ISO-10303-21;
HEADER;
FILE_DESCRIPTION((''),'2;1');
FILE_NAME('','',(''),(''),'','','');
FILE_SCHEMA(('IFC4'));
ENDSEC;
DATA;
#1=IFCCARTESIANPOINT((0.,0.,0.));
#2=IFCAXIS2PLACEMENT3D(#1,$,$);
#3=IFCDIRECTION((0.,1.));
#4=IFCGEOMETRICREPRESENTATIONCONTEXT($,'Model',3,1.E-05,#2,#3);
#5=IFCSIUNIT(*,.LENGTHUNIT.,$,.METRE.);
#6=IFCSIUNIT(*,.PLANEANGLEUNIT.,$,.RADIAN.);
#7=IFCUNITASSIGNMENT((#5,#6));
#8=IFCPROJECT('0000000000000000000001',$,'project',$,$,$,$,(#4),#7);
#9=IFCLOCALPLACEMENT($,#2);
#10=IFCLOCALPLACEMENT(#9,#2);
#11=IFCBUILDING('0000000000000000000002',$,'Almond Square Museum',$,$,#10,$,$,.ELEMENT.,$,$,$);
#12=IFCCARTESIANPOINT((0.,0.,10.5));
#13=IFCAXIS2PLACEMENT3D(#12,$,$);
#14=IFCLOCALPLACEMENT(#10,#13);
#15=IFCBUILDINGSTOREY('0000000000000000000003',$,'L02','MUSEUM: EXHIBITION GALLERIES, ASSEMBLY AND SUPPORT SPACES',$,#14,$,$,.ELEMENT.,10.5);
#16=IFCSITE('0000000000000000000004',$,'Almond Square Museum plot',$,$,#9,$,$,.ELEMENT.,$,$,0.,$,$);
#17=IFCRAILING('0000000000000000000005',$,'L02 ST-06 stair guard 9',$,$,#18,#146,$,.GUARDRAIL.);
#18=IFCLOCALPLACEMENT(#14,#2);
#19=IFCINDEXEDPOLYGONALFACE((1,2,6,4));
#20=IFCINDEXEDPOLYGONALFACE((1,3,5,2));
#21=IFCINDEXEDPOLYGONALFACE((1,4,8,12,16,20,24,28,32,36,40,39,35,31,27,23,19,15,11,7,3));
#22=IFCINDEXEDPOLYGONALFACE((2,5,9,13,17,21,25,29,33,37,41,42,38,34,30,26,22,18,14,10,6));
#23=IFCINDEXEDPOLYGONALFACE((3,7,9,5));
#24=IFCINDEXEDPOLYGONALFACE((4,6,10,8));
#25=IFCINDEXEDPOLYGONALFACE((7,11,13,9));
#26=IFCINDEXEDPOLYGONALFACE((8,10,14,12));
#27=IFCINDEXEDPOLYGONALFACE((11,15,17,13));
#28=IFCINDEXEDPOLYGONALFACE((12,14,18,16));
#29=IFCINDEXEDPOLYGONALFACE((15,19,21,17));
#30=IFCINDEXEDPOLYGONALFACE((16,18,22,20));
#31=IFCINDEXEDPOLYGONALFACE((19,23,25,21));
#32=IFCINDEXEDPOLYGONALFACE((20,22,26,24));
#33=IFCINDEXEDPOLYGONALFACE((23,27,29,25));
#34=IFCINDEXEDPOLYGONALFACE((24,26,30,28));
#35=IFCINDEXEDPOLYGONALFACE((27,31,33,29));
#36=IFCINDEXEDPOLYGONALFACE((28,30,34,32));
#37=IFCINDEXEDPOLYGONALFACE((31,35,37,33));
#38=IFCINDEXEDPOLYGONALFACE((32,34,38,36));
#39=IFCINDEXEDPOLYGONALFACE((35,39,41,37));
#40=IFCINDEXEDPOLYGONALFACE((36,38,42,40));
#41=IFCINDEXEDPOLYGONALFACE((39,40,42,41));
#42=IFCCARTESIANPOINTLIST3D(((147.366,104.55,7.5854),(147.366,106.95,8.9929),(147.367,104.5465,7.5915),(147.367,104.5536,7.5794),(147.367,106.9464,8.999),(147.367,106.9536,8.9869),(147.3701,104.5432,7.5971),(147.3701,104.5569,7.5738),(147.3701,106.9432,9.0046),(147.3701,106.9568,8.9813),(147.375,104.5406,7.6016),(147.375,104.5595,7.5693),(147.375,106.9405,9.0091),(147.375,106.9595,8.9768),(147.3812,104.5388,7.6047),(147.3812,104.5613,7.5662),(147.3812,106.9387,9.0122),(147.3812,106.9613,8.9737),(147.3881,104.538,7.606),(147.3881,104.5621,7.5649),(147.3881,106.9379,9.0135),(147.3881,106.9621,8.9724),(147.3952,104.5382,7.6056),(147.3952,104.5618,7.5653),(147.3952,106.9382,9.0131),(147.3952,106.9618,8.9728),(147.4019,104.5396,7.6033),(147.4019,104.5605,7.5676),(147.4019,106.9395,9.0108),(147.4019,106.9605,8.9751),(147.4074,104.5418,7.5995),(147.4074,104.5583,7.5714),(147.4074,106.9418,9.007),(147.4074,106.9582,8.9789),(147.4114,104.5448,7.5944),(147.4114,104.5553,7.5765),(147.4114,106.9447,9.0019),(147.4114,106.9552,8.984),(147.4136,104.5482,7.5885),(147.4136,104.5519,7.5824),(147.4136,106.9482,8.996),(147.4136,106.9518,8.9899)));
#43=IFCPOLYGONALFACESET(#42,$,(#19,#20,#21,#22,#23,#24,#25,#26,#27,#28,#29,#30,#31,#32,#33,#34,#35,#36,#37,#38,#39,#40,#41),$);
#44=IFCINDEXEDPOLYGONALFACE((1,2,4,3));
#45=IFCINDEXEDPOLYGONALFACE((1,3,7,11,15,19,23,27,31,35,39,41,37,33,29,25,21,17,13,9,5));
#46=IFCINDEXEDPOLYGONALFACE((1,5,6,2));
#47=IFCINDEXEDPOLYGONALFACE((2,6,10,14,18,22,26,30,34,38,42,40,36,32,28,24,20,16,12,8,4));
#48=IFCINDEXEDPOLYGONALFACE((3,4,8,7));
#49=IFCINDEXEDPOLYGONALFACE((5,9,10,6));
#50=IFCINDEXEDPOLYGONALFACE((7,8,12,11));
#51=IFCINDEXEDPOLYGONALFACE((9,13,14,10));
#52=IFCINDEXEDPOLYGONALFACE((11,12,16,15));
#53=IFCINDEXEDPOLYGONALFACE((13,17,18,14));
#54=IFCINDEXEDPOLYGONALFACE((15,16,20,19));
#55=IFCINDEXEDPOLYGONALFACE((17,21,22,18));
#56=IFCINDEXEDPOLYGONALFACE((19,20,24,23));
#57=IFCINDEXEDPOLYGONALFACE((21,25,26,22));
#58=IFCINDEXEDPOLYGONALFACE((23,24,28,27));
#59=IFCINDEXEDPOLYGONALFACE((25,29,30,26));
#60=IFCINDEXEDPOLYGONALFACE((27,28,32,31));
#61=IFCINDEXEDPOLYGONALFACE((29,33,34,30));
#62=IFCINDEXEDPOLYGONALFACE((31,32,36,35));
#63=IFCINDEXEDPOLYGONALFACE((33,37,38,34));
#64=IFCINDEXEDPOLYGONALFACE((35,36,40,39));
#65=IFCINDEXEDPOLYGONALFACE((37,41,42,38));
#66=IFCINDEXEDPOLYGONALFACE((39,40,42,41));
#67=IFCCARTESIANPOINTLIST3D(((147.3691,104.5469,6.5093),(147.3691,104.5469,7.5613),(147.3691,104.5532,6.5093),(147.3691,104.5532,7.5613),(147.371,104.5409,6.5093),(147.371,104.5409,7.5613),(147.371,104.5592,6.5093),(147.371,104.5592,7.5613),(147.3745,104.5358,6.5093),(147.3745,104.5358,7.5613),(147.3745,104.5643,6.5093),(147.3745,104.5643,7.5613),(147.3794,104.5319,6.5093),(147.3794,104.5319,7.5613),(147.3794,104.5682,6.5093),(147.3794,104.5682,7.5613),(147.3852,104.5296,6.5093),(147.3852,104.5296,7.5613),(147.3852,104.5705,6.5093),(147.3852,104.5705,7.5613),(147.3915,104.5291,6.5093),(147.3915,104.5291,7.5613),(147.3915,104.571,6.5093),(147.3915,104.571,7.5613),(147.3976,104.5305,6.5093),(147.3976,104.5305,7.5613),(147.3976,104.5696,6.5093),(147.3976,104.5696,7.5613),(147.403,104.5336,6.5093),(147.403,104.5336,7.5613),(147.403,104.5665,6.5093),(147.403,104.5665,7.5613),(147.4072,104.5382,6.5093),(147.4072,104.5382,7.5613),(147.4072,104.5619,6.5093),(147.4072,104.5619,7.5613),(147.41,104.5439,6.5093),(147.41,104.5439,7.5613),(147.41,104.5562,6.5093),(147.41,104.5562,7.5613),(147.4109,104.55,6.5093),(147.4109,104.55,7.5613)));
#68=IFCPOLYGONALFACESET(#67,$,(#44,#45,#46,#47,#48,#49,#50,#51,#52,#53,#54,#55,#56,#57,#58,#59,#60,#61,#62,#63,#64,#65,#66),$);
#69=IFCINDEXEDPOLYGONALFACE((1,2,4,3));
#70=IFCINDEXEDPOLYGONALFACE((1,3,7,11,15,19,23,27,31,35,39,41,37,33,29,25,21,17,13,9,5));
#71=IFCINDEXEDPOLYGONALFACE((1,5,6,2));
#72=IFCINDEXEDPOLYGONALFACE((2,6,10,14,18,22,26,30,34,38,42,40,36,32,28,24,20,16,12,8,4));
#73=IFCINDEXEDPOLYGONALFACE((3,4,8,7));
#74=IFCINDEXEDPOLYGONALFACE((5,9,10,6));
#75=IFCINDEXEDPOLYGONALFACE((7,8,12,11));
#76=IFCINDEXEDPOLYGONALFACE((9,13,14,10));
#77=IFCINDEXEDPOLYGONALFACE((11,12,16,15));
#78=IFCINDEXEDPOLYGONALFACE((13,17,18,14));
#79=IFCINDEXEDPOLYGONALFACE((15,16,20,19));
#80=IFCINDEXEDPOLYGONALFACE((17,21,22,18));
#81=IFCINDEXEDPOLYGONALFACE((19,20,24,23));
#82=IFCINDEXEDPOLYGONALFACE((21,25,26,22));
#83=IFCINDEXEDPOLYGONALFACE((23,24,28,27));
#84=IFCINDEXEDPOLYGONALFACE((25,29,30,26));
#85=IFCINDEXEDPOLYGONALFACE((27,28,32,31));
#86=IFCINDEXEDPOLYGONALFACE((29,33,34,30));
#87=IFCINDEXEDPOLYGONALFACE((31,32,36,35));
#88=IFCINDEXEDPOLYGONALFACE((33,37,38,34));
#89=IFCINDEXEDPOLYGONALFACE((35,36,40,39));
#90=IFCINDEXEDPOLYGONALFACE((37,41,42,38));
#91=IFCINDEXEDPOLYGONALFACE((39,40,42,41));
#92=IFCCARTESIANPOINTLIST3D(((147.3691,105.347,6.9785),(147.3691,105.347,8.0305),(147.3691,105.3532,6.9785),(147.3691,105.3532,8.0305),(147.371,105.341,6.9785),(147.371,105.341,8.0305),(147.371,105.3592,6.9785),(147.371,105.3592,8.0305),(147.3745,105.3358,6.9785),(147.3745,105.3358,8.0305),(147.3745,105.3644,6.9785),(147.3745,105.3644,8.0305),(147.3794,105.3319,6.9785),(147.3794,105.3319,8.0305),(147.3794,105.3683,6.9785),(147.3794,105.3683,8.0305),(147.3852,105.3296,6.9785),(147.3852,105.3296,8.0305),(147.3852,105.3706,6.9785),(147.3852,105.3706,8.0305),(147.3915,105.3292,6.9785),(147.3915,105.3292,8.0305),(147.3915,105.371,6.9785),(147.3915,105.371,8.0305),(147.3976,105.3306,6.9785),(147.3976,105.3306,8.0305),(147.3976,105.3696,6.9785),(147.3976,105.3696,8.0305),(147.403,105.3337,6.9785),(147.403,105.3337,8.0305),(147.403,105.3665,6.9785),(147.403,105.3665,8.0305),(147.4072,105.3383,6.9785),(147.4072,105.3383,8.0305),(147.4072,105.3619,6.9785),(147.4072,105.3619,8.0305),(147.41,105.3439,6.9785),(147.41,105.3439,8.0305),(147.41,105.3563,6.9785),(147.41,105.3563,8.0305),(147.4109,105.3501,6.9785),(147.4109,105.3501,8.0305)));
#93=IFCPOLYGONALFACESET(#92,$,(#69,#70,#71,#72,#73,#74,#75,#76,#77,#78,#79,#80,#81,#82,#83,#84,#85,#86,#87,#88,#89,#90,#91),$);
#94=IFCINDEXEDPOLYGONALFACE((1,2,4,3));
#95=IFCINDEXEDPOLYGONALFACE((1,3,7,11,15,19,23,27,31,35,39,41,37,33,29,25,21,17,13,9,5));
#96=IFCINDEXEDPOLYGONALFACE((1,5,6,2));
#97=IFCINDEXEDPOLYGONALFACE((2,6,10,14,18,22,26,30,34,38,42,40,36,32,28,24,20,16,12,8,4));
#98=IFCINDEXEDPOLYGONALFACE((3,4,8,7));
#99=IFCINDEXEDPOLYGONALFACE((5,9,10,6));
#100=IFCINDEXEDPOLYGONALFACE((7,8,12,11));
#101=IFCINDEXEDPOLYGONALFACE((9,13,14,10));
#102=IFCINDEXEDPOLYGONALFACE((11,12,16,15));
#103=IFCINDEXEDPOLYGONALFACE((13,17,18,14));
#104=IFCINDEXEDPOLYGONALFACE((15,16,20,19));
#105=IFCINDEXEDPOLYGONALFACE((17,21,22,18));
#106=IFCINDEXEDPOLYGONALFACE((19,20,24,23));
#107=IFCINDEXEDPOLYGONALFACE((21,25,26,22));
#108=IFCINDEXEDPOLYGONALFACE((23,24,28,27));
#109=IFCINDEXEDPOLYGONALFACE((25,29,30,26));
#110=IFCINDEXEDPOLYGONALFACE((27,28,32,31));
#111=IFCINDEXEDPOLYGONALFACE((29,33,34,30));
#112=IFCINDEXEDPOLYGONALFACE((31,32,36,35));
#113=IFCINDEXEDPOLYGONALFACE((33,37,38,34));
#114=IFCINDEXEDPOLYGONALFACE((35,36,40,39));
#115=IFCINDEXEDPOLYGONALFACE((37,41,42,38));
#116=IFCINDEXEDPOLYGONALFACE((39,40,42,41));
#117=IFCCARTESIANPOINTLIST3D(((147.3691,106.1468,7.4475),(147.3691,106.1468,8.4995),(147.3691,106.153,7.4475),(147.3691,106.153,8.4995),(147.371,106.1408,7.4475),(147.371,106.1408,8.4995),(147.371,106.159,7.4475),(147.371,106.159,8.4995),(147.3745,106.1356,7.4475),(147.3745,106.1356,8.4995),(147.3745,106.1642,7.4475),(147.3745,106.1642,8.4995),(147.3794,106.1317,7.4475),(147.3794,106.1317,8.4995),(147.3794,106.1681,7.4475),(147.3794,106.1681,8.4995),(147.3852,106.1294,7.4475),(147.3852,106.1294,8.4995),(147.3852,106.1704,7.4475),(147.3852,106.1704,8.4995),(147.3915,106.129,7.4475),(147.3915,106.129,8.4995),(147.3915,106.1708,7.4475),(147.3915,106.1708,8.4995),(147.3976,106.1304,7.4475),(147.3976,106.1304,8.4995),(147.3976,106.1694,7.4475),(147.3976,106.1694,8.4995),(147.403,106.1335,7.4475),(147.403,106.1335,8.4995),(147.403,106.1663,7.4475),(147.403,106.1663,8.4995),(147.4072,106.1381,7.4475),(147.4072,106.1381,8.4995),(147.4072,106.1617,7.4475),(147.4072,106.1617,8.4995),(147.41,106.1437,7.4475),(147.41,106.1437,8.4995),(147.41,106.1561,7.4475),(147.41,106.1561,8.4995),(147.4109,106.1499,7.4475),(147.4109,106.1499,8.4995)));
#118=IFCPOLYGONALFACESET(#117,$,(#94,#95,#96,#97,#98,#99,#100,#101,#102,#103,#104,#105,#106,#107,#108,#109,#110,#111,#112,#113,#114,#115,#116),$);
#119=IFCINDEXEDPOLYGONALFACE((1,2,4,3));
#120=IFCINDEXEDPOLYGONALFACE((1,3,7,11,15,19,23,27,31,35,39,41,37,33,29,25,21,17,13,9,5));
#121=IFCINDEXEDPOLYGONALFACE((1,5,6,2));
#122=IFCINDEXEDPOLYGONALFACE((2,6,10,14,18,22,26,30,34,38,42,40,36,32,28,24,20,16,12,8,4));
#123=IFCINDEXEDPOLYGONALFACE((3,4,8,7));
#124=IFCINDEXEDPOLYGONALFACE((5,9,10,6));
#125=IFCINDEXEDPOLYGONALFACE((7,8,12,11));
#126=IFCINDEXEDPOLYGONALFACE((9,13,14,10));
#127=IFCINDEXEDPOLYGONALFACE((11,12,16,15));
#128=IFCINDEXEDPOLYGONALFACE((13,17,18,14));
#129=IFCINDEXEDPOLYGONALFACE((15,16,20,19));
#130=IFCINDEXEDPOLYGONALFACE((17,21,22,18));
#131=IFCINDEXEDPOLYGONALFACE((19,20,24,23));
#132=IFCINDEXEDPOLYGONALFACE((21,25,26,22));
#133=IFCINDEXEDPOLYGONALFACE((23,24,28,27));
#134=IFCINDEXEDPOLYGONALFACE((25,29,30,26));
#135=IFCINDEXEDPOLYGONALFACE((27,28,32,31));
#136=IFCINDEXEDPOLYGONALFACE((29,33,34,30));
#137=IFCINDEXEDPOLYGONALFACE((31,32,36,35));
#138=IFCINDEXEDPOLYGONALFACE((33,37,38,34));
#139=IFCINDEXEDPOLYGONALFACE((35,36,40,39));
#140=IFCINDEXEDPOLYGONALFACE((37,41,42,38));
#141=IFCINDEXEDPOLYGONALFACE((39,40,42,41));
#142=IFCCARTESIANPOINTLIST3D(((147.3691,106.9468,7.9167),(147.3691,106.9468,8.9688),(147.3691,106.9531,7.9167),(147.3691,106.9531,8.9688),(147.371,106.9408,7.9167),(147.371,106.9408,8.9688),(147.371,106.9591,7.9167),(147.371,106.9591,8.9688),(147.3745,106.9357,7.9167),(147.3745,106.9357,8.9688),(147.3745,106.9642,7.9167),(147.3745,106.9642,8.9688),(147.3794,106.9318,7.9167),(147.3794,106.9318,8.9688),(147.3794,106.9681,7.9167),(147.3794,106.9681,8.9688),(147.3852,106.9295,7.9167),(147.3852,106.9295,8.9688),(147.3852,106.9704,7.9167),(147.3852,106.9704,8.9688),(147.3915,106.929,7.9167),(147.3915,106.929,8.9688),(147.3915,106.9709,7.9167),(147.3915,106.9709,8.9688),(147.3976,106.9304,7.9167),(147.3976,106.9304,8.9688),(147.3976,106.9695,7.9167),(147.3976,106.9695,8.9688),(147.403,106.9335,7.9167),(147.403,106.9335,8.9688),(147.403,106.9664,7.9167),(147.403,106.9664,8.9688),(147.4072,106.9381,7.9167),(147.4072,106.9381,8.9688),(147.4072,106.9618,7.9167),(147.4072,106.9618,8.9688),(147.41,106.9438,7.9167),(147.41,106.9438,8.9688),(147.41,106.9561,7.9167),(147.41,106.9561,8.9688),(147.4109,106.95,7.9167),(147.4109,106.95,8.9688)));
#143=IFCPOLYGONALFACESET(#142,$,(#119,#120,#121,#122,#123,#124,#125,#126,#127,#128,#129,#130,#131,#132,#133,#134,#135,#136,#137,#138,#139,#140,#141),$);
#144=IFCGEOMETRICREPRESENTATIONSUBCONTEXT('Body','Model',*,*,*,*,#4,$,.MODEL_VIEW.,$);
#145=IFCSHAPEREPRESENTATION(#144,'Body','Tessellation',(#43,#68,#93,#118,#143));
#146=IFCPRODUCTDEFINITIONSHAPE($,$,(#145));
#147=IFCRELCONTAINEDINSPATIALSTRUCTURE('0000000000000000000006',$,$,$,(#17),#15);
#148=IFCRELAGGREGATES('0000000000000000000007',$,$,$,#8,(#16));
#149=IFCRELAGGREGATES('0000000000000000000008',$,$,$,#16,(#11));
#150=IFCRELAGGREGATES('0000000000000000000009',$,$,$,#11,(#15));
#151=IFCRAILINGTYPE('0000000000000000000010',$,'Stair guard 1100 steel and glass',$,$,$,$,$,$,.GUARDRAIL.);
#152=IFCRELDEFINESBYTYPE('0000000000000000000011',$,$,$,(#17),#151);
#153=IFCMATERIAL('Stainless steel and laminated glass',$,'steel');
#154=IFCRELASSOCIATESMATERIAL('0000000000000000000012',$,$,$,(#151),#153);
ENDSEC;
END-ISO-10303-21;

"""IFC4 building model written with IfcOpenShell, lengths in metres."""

from ifc_helpers import new_model, si_unit, direction, frame, origin, origin_2d, place, context, subcontext, project, spatial, circle, extrude, material, type_object, element, save


model = new_model("IFC4")

# Units and contexts
model_context = context("Model", 3, precision=1e-05, world=origin(), true_north=direction((0.0, 1.0)))
body_context = subcontext(model_context, "Body", "Model", "MODEL_VIEW")
ifc_project = project(units=[si_unit("LENGTHUNIT", "METRE"), si_unit("PLANEANGLEUNIT", "RADIAN")], contexts=[model_context])

# Site, building, storey
site_placement = place(None, origin())
site = spatial("IfcSite", under=ifc_project, at=site_placement, Name="Almond Square Museum plot", CompositionType="ELEMENT", RefElevation=0.0)
building_placement = place(site_placement, origin())
building = spatial("IfcBuilding", under=site, at=building_placement, Name="Almond Square Museum", CompositionType="ELEMENT")
storey_placement = place(building_placement, frame((0.0, 0.0, 10.5)))
storey = spatial("IfcBuildingStorey", under=building, at=storey_placement, Name="L02", Description="MUSEUM: EXHIBITION GALLERIES, ASSEMBLY AND SUPPORT SPACES", CompositionType="ELEMENT", Elevation=10.5)

# Railing
ifc_material_1 = material(Name="Stainless steel and laminated glass", Category="steel")
railing_type_1 = type_object("IfcRailingType", Name="Stair guard 1100 steel and glass", PredefinedType="GUARDRAIL", material=ifc_material_1)
for number, where, name in (
    (1, (147.3899, 104.55, 6.5093), "L02 ST-06 stair guard 9"),
):
    element("IfcRailing", number, at=place(storey_placement, frame(where)), inside=storey, type_object=railing_type_1, Name=name, PredefinedType="GUARDRAIL", context=body_context, shape_type="SweptSolid", body=[
        extrude(circle(Radius=0.0239, at=origin_2d()), frame((0.0, 0.0, 1.0762), z_axis=(0.0, 0.862599, 0.505888), x_axis=(-1.0, 0.0, 0.0)), (0.0, 0.0, 1.0), 2.7822),
        extrude(circle(Radius=0.021, at=origin_2d()), origin(), (0.0, 0.0, 1.0), 1.052),
        extrude(circle(Radius=0.021, at=origin_2d()), frame((0.0, 0.8, 0.4692)), (0.0, 0.0, 1.0), 1.052),
        extrude(circle(Radius=0.021, at=origin_2d()), frame((0.0, 1.5999, 0.9382)), (0.0, 0.0, 1.0), 1.052),
        extrude(circle(Radius=0.021, at=origin_2d()), frame((0.0, 2.3999, 1.4075)), (0.0, 0.0, 1.0), 1.052),
    ])

save(model, "model.ifc")
